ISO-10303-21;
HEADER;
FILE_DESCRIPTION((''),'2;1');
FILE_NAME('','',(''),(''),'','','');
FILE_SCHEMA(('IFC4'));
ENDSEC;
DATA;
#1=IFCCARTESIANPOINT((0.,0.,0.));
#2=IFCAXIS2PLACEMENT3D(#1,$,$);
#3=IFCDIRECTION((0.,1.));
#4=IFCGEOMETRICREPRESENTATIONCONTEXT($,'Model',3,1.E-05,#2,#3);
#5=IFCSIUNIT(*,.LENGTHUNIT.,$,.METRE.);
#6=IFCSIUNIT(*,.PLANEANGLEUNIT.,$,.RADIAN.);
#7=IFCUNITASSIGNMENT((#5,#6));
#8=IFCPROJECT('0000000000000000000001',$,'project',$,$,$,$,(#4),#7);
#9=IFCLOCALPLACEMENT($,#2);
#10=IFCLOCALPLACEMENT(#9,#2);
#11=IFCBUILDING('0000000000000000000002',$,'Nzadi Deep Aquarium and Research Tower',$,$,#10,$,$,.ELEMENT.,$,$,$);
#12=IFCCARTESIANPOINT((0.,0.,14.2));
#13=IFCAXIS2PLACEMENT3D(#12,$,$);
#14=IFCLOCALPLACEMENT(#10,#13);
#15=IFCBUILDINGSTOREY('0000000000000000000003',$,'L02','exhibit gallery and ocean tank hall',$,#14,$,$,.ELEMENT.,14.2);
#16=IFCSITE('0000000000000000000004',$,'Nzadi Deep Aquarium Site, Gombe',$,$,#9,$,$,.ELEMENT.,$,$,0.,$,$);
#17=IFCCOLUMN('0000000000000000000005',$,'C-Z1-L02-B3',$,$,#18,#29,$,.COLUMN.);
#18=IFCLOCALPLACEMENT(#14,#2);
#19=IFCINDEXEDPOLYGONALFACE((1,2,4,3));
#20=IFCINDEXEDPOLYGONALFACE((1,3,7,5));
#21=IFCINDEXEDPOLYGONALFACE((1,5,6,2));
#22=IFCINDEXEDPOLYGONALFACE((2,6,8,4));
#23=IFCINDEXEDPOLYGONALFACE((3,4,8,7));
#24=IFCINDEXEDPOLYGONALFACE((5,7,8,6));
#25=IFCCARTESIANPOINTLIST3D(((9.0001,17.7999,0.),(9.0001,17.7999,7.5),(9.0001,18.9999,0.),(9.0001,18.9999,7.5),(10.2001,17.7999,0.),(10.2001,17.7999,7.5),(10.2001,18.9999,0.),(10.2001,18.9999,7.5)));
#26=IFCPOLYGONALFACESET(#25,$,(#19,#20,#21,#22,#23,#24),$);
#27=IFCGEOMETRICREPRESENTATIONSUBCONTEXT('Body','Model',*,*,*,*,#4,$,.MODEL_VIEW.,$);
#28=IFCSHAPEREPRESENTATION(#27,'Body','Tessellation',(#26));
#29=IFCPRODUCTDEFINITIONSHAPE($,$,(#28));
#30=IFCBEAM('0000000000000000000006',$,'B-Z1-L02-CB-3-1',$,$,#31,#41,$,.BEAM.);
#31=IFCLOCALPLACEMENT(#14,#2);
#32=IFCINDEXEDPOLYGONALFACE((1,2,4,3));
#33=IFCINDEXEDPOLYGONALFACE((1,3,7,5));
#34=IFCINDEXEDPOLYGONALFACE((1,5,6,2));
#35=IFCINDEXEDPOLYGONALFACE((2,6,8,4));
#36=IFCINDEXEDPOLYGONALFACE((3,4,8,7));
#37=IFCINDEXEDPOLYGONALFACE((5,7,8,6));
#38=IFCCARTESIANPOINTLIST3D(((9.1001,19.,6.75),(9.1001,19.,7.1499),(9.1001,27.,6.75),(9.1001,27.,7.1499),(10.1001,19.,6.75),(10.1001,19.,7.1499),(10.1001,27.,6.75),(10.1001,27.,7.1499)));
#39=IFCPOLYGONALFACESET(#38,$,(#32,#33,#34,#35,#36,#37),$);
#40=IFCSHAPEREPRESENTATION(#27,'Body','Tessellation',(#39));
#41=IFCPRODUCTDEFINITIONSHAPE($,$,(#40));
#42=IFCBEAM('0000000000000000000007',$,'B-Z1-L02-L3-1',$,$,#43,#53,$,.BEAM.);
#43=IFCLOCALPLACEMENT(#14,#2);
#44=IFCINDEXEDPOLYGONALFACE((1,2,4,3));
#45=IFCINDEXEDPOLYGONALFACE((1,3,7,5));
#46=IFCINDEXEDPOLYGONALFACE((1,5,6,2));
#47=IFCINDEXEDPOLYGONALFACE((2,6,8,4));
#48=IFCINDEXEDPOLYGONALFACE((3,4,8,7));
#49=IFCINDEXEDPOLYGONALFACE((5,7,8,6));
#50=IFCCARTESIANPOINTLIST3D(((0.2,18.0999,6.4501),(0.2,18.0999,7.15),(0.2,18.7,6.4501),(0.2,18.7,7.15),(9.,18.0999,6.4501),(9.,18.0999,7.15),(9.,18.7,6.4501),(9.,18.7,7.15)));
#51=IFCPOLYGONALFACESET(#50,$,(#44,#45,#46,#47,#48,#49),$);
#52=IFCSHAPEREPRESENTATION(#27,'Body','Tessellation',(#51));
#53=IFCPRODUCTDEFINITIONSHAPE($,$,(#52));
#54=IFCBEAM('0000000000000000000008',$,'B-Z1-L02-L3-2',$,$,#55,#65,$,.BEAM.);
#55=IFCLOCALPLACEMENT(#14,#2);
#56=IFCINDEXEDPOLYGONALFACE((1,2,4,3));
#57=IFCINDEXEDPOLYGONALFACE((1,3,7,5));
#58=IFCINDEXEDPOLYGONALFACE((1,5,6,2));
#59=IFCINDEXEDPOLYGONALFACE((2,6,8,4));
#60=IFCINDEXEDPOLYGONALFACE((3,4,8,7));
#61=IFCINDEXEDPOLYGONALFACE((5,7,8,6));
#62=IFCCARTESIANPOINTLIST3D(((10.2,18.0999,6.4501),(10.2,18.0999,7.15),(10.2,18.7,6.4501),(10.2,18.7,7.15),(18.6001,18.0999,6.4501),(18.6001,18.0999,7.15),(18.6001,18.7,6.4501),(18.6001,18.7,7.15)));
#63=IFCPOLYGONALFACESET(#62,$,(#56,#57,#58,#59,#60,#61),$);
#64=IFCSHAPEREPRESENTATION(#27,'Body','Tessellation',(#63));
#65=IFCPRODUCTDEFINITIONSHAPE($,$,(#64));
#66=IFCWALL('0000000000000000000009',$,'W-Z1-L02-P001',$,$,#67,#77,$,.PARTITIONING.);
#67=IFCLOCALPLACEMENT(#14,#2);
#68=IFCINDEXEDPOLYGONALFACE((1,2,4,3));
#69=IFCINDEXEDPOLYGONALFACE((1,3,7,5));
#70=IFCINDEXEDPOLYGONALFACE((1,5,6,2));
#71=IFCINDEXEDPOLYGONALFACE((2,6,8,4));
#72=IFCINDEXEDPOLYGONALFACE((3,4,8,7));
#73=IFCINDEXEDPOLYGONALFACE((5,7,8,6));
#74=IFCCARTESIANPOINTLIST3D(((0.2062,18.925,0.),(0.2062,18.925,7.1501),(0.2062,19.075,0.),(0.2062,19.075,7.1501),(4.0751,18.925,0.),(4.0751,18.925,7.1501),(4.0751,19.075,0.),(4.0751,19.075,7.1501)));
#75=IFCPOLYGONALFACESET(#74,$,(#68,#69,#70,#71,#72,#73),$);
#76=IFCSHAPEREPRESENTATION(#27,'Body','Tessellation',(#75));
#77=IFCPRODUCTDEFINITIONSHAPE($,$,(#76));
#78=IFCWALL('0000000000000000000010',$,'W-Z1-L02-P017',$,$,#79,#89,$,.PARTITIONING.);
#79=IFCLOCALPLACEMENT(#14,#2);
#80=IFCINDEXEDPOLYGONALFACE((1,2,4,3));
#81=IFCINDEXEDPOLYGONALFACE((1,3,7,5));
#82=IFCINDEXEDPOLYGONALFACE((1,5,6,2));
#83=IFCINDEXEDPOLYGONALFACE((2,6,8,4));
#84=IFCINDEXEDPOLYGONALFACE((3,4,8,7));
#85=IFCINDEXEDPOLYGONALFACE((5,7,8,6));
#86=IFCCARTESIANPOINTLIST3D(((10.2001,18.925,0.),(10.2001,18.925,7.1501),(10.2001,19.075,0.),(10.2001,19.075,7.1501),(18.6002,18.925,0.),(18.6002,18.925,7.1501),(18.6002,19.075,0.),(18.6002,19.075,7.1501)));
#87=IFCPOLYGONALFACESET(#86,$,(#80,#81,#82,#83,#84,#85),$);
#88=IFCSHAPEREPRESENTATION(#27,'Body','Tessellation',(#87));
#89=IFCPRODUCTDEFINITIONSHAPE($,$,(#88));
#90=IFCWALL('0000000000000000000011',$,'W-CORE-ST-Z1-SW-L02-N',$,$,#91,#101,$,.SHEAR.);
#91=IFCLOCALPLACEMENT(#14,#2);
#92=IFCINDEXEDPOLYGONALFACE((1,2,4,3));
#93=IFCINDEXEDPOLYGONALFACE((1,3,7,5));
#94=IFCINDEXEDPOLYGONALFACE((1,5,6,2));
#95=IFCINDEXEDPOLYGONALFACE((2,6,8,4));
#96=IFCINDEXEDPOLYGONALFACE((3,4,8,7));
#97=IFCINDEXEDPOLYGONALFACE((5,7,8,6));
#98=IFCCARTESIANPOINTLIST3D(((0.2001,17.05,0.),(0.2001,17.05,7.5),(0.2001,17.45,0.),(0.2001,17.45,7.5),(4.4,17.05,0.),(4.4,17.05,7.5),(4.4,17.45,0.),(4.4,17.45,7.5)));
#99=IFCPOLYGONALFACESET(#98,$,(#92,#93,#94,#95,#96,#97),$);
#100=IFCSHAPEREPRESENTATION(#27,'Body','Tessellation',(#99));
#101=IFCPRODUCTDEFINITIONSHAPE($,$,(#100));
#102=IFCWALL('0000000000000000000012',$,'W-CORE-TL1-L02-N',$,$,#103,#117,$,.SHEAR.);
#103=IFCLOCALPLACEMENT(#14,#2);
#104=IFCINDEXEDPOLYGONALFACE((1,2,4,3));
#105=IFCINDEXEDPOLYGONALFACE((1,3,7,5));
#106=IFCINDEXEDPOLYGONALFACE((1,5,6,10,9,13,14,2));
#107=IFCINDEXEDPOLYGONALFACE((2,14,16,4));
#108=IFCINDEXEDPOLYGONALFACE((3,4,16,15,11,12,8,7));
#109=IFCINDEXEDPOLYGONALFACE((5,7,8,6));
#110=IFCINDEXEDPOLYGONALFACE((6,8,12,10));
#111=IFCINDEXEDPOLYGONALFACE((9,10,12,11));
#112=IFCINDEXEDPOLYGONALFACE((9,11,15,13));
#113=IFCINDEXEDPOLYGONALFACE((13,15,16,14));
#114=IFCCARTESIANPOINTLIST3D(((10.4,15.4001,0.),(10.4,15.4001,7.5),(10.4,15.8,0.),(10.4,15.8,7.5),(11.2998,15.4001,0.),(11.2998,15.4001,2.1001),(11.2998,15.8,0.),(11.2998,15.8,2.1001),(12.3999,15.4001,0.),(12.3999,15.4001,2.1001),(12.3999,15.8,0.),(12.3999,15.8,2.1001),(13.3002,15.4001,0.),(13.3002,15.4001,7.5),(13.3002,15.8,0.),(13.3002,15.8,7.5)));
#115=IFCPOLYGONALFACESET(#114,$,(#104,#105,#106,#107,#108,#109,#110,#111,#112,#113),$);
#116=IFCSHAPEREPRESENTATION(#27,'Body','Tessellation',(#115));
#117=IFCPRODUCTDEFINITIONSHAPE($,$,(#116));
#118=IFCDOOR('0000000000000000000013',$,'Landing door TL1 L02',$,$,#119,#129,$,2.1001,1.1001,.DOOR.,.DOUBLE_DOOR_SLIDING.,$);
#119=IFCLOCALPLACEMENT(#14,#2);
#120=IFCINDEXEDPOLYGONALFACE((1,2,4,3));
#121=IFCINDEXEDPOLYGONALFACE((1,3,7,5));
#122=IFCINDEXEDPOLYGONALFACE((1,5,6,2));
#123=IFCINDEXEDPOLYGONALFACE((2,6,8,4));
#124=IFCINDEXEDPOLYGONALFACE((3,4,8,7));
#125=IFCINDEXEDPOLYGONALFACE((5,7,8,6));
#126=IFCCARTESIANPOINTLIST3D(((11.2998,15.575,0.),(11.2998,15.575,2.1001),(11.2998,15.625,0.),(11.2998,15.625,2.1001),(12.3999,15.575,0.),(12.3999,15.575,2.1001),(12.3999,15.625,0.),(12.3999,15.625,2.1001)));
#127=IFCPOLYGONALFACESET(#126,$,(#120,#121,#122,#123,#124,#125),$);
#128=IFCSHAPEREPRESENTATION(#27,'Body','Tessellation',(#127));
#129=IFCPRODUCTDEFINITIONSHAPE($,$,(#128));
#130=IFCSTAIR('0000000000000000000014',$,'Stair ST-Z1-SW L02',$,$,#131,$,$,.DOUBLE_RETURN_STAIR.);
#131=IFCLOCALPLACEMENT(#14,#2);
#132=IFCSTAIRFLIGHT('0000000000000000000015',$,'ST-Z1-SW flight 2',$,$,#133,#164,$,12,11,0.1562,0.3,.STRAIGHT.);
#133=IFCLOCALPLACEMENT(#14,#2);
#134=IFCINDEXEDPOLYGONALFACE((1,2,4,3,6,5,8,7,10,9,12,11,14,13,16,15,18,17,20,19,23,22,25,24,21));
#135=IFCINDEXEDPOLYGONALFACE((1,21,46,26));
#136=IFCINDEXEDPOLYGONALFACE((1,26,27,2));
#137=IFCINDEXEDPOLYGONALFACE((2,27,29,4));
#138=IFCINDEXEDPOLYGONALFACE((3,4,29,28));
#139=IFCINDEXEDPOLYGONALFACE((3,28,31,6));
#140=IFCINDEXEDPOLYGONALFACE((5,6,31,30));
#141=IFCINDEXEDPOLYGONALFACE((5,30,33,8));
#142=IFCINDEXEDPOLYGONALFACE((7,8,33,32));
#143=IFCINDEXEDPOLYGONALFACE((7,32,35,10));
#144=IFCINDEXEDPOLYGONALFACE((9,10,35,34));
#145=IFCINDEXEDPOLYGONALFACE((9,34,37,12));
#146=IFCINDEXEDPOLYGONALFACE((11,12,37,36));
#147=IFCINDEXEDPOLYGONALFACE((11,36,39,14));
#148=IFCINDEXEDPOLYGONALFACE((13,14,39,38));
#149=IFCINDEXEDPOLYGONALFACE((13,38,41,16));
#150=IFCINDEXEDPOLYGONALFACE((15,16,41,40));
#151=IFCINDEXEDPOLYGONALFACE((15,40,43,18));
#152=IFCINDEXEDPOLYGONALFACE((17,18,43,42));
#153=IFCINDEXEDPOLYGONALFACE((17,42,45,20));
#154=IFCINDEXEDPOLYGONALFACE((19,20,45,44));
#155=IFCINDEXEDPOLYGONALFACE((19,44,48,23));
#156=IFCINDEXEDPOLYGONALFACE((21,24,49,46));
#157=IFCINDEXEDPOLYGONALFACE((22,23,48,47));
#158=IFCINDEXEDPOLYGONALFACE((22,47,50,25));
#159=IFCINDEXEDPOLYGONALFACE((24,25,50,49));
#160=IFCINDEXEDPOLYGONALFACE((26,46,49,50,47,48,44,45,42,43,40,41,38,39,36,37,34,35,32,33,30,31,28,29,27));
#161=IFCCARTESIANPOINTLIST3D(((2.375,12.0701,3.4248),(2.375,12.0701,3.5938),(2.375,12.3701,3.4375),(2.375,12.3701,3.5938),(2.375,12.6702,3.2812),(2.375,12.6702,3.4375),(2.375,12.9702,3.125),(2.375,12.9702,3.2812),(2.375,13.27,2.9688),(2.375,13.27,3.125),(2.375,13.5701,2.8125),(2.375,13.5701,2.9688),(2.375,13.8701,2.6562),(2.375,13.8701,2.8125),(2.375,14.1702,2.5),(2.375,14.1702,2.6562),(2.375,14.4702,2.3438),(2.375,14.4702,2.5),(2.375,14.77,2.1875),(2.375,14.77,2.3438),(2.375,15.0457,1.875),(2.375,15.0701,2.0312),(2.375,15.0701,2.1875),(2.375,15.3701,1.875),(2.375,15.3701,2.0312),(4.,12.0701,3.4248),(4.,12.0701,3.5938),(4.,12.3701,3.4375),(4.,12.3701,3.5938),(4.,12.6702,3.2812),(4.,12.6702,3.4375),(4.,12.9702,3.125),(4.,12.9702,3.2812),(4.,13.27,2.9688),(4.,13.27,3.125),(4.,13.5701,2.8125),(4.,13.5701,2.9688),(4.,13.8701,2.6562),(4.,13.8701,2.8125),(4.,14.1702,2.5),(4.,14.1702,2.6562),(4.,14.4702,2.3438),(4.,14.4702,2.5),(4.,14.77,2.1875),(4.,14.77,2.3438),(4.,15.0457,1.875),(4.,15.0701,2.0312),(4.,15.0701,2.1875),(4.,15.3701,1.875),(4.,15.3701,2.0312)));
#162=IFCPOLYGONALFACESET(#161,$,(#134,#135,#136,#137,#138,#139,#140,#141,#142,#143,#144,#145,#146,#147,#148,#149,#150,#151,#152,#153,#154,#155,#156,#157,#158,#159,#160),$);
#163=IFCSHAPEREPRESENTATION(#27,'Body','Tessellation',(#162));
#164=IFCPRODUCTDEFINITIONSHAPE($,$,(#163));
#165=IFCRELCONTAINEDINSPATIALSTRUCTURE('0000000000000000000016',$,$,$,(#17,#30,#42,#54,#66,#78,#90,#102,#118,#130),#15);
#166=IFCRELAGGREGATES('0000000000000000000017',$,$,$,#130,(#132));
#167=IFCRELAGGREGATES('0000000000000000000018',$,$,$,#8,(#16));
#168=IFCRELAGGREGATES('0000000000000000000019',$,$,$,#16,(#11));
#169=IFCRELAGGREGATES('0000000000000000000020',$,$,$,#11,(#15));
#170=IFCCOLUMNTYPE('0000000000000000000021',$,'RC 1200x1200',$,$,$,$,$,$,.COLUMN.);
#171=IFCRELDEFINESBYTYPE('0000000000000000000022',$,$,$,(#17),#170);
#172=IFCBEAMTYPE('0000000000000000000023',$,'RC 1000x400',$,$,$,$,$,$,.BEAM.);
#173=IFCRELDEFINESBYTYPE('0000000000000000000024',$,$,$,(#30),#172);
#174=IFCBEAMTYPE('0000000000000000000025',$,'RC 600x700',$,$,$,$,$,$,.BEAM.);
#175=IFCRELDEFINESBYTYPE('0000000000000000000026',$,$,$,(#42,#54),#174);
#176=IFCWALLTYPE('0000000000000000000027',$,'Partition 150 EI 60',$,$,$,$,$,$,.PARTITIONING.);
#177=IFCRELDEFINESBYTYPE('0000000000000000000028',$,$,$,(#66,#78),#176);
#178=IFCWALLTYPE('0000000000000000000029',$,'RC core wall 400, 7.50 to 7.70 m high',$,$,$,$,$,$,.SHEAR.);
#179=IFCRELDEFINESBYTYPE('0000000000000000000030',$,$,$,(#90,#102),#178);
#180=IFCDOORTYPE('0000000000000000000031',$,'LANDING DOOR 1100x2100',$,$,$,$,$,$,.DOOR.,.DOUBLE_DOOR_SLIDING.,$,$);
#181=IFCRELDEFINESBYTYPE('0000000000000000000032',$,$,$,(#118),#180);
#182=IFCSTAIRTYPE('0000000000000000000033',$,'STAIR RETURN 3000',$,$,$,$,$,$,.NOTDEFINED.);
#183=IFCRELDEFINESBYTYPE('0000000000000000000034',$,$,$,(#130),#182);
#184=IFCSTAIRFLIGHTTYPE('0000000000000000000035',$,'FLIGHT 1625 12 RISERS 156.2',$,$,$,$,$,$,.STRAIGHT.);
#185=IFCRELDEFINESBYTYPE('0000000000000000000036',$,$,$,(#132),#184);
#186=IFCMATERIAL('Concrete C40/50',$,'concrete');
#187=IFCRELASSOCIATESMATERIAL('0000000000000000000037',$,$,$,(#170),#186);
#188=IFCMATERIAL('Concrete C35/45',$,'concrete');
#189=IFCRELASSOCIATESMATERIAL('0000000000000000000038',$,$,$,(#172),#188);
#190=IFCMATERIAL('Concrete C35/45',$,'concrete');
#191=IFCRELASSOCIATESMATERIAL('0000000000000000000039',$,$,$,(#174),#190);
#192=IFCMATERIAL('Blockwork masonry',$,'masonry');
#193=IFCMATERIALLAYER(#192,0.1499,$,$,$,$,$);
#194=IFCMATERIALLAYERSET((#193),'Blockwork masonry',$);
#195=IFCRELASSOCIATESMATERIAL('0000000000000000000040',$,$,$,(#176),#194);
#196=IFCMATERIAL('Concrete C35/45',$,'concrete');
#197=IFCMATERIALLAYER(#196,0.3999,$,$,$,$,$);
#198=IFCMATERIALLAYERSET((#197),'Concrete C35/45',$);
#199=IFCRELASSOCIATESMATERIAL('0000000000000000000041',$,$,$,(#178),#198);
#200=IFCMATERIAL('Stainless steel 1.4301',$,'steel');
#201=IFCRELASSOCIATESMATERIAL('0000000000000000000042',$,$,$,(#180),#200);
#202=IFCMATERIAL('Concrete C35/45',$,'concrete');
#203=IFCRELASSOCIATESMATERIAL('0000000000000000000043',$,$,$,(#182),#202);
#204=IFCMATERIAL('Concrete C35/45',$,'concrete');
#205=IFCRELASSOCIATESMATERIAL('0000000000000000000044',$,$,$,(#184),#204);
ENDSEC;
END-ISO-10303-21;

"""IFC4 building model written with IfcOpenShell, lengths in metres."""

from ifc_helpers import new_model, si_unit, direction, frame, frame_2d, origin, origin_2d, place, context, subcontext, project, spatial, polyline, rectangle, outline, extrude, material, layer, layer_set, material_profile, profile_set, type_object, element, fill, aggregate, save


model = new_model("IFC4")

# Units and contexts
model_context = context("Model", 3, precision=1e-05, world=origin(), true_north=direction((0.0, 1.0)))
body_context = subcontext(model_context, "Body", "Model", "MODEL_VIEW")
ifc_project = project(units=[si_unit("LENGTHUNIT", "METRE"), si_unit("PLANEANGLEUNIT", "RADIAN")], contexts=[model_context])

# Site, building, storey
site_placement = place(None, origin())
site = spatial("IfcSite", under=ifc_project, at=site_placement, Name="Nzadi Deep Aquarium Site, Gombe", CompositionType="ELEMENT", RefElevation=0.0)
building_placement = place(site_placement, origin())
building = spatial("IfcBuilding", under=site, at=building_placement, Name="Nzadi Deep Aquarium and Research Tower", CompositionType="ELEMENT")
storey_placement = place(building_placement, frame((0.0, 0.0, 14.2)))
storey = spatial("IfcBuildingStorey", under=building, at=storey_placement, Name="L02", Description="exhibit gallery and ocean tank hall", CompositionType="ELEMENT", Elevation=14.2)

# Column
ifc_material_1 = material(Name="Concrete C40/50", Category="concrete")
ifc_material_profile_1 = material_profile(ifc_material_1, rectangle(XDim=1.2, YDim=1.2, at=origin_2d()))
ifc_profile_set_1 = profile_set([ifc_material_profile_1], Name="Concrete C40/50")
column_type = type_object("IfcColumnType", Name="RC 1200x1200", PredefinedType="COLUMN", material=ifc_profile_set_1)
column_placement = place(storey_placement, frame((9.6001, 18.3999, 0.0), z_axis=(0.0, 0.0, 1.0), x_axis=(1.0, 0.0, 0.0)))
element("IfcColumn", 1, at=column_placement, inside=storey, type_object=column_type, Name="C-Z1-L02-B3", PredefinedType="COLUMN", context=body_context, shape_type="SweptSolid", body=[
    extrude(rectangle(XDim=1.2, YDim=1.2, at=origin_2d()), origin(), (0.0, 0.0, 1.0), 7.5),
])

# Beams
ifc_material_2 = material(Name="Concrete C35/45", Category="concrete")
ifc_material_profile_2 = material_profile(ifc_material_2, rectangle(XDim=1.0, YDim=0.3999, at=origin_2d()))
ifc_profile_set_2 = profile_set([ifc_material_profile_2], Name="Concrete C35/45")
beam_type_1 = type_object("IfcBeamType", Name="RC 1000x400", PredefinedType="BEAM", material=ifc_profile_set_2)
beam_1_placement = place(storey_placement, frame((9.6001, 19.0, 6.95), z_axis=(0.0, 1.0, 0.0), x_axis=(-1.0, 0.0, 0.0)))
element("IfcBeam", 2, at=beam_1_placement, inside=storey, type_object=beam_type_1, Name="B-Z1-L02-CB-3-1", PredefinedType="BEAM", context=body_context, shape_type="SweptSolid", body=[
    extrude(rectangle(XDim=1.0, YDim=0.3999, at=origin_2d()), origin(), (0.0, 0.0, 1.0), 8.0),
])
ifc_material_3 = material(Name="Concrete C35/45", Category="concrete")
ifc_material_profile_3 = material_profile(ifc_material_3, rectangle(XDim=0.6001, YDim=0.7, at=origin_2d()))
ifc_profile_set_3 = profile_set([ifc_material_profile_3], Name="Concrete C35/45")
beam_type_2 = type_object("IfcBeamType", Name="RC 600x700", PredefinedType="BEAM", material=ifc_profile_set_3)
beam_2_placement = place(storey_placement, frame((0.2, 18.3999, 6.8), z_axis=(1.0, 0.0, 0.0), x_axis=(0.0, 1.0, 0.0)))
element("IfcBeam", 3, at=beam_2_placement, inside=storey, type_object=beam_type_2, Name="B-Z1-L02-L3-1", PredefinedType="BEAM", context=body_context, shape_type="SweptSolid", body=[
    extrude(rectangle(XDim=0.6001, YDim=0.7, at=origin_2d()), origin(), (0.0, 0.0, 1.0), 8.8),
])
beam_3_placement = place(storey_placement, frame((10.2, 18.3999, 6.8), z_axis=(1.0, 0.0, 0.0), x_axis=(0.0, 1.0, 0.0)))
element("IfcBeam", 4, at=beam_3_placement, inside=storey, type_object=beam_type_2, Name="B-Z1-L02-L3-2", PredefinedType="BEAM", context=body_context, shape_type="SweptSolid", body=[
    extrude(rectangle(XDim=0.6001, YDim=0.7, at=origin_2d()), origin(), (0.0, 0.0, 1.0), 8.4001),
])

# Walls
ifc_material_4 = material(Name="Blockwork masonry", Category="masonry")
ifc_layer_1 = layer(ifc_material_4, 0.1499)
ifc_layer_set_1 = layer_set([ifc_layer_1], Name="Blockwork masonry")
wall_type_1 = type_object("IfcWallType", Name="Partition 150 EI 60", PredefinedType="PARTITIONING", material=ifc_layer_set_1)
wall_1_placement = place(storey_placement, frame((0.2061, 19.0, 0.0), z_axis=(0.0, 0.0, 1.0), x_axis=(1.0, 0.0, 0.0)))
element("IfcWall", 5, at=wall_1_placement, inside=storey, type_object=wall_type_1, Name="W-Z1-L02-P001", PredefinedType="PARTITIONING", context=body_context, shape_type="SweptSolid", body=[
    extrude(rectangle(XDim=3.8689, YDim=0.1499, at=frame_2d((1.9346, 0.0))), origin(), (0.0, 0.0, 1.0), 7.1501),
])
wall_2_placement = place(storey_placement, frame((10.2, 19.0, 0.0), z_axis=(0.0, 0.0, 1.0), x_axis=(1.0, 0.0, 0.0)))
element("IfcWall", 6, at=wall_2_placement, inside=storey, type_object=wall_type_1, Name="W-Z1-L02-P017", PredefinedType="PARTITIONING", context=body_context, shape_type="SweptSolid", body=[
    extrude(rectangle(XDim=8.4001, YDim=0.1499, at=frame_2d((4.2002, 0.0))), origin(), (0.0, 0.0, 1.0), 7.1501),
])
ifc_material_5 = material(Name="Concrete C35/45", Category="concrete")
ifc_layer_2 = layer(ifc_material_5, 0.3999)
ifc_layer_set_2 = layer_set([ifc_layer_2], Name="Concrete C35/45")
wall_type_2 = type_object("IfcWallType", Name="RC core wall 400, 7.50 to 7.70 m high", PredefinedType="SHEAR", material=ifc_layer_set_2)
wall_3_placement = place(storey_placement, frame((0.2, 17.25, 0.0), z_axis=(0.0, 0.0, 1.0), x_axis=(1.0, 0.0, 0.0)))
element("IfcWall", 7, at=wall_3_placement, inside=storey, type_object=wall_type_2, Name="W-CORE-ST-Z1-SW-L02-N", PredefinedType="SHEAR", context=body_context, shape_type="SweptSolid", body=[
    extrude(rectangle(XDim=4.2, YDim=0.3999, at=frame_2d((2.1001, 0.0))), origin(), (0.0, 0.0, 1.0), 7.5),
])

# Wall, opening, door
wall_4_placement = place(storey_placement, frame((10.3999, 15.6001, 0.0), z_axis=(0.0, 0.0, 1.0), x_axis=(1.0, 0.0, 0.0)))
wall_4 = element("IfcWall", 8, at=wall_4_placement, inside=storey, type_object=wall_type_2, Name="W-CORE-TL1-L02-N", PredefinedType="SHEAR", context=body_context, shape_type="SweptSolid", body=[
    extrude(rectangle(XDim=2.9001, YDim=0.3999, at=frame_2d((1.4502, 0.0))), origin(), (0.0, 0.0, 1.0), 7.5),
])
opening_placement = place(wall_4_placement, frame((0.8999, 0.0, 0.0)))
opening = element("IfcOpeningElement", 9, at=opening_placement, cuts=wall_4, PredefinedType="OPENING", context=body_context, shape_type="SweptSolid", body=[
    extrude(rectangle(XDim=1.1001, YDim=2.1001, at=frame_2d((0.55, 1.05))), frame((0.0, 0.21, 0.0), z_axis=(0.0, -1.0, 0.0), x_axis=(1.0, 0.0, 0.0)), (0.0, 0.0, 1.0), 0.4199),
])
ifc_material_6 = material(Name="Stainless steel 1.4301", Category="steel")
door_type = type_object("IfcDoorType", Name="LANDING DOOR 1100x2100", OperationType="DOUBLE_DOOR_SLIDING", PredefinedType="DOOR", material=ifc_material_6)
door_placement = place(opening_placement, origin())
door = element("IfcDoor", 10, at=door_placement, inside=storey, type_object=door_type, Name="Landing door TL1 L02", OperationType="DOUBLE_DOOR_SLIDING", OverallHeight=2.1001, OverallWidth=1.1001, PredefinedType="DOOR", context=body_context, shape_type="SweptSolid", body=[
    extrude(rectangle(XDim=1.1001, YDim=2.1001, at=frame_2d((0.55, 1.05))), frame((0.0, 0.0249, 0.0), z_axis=(0.0, -1.0, 0.0), x_axis=(1.0, 0.0, 0.0)), (0.0, 0.0, 1.0), 0.05),
])
fill(opening, door)

# Stair, stair flight
ifc_material_7 = material(Name="Concrete C35/45", Category="concrete")
stair_type = type_object("IfcStairType", Name="STAIR RETURN 3000", PredefinedType="NOTDEFINED", material=ifc_material_7)
stair_placement = place(storey_placement, origin())
stair = element("IfcStair", 11, at=stair_placement, inside=storey, type_object=stair_type, Name="Stair ST-Z1-SW L02", PredefinedType="DOUBLE_RETURN_STAIR")
ifc_material_8 = material(Name="Concrete C35/45", Category="concrete")
stair_flight_type = type_object("IfcStairFlightType", Name="FLIGHT 1625 12 RISERS 156.2", PredefinedType="STRAIGHT", material=ifc_material_8)
stair_flight_1_placement = place(storey_placement, frame((3.1875, 15.3701, 1.875), z_axis=(0.0, 0.0, 1.0), x_axis=(0.0, -1.0, 0.0)))
stair_flight_1 = element("IfcStairFlight", 12, at=stair_flight_1_placement, type_object=stair_flight_type, Name="ST-Z1-SW flight 2", NumberOfRisers=12, NumberOfTreads=11, PredefinedType="STRAIGHT", RiserHeight=0.1562, TreadLength=0.3, context=body_context, shape_type="SweptSolid", body=[
    extrude(outline(polyline([(0.0, 0.0), (0.0, 0.1562), (0.3, 0.1562), (0.3, 0.3125), (0.6001, 0.3125), (0.6001, 0.4688), (0.8999, 0.4688), (0.8999, 0.625), (1.2, 0.625), (1.2, 0.7812), (1.5, 0.7812), (1.5, 0.9375), (1.8, 0.9375), (1.8, 1.0938), (2.1001, 1.0938), (2.1001, 1.25), (2.3999, 1.25), (2.3999, 1.4062), (2.7, 1.4062), (2.7, 1.5625), (3.0, 1.5625), (3.0, 1.7188), (3.3, 1.7188), (3.3, 1.875), (3.3, 1.5498), (0.3245, 0.0), (0.0, 0.0)])), frame((0.0, 0.8125, 0.0), z_axis=(0.0, -1.0, 0.0), x_axis=(1.0, 0.0, 0.0)), (0.0, 0.0, 1.0), 1.625),
])
aggregate(stair, [stair_flight_1])

save(model, "model.ifc")
